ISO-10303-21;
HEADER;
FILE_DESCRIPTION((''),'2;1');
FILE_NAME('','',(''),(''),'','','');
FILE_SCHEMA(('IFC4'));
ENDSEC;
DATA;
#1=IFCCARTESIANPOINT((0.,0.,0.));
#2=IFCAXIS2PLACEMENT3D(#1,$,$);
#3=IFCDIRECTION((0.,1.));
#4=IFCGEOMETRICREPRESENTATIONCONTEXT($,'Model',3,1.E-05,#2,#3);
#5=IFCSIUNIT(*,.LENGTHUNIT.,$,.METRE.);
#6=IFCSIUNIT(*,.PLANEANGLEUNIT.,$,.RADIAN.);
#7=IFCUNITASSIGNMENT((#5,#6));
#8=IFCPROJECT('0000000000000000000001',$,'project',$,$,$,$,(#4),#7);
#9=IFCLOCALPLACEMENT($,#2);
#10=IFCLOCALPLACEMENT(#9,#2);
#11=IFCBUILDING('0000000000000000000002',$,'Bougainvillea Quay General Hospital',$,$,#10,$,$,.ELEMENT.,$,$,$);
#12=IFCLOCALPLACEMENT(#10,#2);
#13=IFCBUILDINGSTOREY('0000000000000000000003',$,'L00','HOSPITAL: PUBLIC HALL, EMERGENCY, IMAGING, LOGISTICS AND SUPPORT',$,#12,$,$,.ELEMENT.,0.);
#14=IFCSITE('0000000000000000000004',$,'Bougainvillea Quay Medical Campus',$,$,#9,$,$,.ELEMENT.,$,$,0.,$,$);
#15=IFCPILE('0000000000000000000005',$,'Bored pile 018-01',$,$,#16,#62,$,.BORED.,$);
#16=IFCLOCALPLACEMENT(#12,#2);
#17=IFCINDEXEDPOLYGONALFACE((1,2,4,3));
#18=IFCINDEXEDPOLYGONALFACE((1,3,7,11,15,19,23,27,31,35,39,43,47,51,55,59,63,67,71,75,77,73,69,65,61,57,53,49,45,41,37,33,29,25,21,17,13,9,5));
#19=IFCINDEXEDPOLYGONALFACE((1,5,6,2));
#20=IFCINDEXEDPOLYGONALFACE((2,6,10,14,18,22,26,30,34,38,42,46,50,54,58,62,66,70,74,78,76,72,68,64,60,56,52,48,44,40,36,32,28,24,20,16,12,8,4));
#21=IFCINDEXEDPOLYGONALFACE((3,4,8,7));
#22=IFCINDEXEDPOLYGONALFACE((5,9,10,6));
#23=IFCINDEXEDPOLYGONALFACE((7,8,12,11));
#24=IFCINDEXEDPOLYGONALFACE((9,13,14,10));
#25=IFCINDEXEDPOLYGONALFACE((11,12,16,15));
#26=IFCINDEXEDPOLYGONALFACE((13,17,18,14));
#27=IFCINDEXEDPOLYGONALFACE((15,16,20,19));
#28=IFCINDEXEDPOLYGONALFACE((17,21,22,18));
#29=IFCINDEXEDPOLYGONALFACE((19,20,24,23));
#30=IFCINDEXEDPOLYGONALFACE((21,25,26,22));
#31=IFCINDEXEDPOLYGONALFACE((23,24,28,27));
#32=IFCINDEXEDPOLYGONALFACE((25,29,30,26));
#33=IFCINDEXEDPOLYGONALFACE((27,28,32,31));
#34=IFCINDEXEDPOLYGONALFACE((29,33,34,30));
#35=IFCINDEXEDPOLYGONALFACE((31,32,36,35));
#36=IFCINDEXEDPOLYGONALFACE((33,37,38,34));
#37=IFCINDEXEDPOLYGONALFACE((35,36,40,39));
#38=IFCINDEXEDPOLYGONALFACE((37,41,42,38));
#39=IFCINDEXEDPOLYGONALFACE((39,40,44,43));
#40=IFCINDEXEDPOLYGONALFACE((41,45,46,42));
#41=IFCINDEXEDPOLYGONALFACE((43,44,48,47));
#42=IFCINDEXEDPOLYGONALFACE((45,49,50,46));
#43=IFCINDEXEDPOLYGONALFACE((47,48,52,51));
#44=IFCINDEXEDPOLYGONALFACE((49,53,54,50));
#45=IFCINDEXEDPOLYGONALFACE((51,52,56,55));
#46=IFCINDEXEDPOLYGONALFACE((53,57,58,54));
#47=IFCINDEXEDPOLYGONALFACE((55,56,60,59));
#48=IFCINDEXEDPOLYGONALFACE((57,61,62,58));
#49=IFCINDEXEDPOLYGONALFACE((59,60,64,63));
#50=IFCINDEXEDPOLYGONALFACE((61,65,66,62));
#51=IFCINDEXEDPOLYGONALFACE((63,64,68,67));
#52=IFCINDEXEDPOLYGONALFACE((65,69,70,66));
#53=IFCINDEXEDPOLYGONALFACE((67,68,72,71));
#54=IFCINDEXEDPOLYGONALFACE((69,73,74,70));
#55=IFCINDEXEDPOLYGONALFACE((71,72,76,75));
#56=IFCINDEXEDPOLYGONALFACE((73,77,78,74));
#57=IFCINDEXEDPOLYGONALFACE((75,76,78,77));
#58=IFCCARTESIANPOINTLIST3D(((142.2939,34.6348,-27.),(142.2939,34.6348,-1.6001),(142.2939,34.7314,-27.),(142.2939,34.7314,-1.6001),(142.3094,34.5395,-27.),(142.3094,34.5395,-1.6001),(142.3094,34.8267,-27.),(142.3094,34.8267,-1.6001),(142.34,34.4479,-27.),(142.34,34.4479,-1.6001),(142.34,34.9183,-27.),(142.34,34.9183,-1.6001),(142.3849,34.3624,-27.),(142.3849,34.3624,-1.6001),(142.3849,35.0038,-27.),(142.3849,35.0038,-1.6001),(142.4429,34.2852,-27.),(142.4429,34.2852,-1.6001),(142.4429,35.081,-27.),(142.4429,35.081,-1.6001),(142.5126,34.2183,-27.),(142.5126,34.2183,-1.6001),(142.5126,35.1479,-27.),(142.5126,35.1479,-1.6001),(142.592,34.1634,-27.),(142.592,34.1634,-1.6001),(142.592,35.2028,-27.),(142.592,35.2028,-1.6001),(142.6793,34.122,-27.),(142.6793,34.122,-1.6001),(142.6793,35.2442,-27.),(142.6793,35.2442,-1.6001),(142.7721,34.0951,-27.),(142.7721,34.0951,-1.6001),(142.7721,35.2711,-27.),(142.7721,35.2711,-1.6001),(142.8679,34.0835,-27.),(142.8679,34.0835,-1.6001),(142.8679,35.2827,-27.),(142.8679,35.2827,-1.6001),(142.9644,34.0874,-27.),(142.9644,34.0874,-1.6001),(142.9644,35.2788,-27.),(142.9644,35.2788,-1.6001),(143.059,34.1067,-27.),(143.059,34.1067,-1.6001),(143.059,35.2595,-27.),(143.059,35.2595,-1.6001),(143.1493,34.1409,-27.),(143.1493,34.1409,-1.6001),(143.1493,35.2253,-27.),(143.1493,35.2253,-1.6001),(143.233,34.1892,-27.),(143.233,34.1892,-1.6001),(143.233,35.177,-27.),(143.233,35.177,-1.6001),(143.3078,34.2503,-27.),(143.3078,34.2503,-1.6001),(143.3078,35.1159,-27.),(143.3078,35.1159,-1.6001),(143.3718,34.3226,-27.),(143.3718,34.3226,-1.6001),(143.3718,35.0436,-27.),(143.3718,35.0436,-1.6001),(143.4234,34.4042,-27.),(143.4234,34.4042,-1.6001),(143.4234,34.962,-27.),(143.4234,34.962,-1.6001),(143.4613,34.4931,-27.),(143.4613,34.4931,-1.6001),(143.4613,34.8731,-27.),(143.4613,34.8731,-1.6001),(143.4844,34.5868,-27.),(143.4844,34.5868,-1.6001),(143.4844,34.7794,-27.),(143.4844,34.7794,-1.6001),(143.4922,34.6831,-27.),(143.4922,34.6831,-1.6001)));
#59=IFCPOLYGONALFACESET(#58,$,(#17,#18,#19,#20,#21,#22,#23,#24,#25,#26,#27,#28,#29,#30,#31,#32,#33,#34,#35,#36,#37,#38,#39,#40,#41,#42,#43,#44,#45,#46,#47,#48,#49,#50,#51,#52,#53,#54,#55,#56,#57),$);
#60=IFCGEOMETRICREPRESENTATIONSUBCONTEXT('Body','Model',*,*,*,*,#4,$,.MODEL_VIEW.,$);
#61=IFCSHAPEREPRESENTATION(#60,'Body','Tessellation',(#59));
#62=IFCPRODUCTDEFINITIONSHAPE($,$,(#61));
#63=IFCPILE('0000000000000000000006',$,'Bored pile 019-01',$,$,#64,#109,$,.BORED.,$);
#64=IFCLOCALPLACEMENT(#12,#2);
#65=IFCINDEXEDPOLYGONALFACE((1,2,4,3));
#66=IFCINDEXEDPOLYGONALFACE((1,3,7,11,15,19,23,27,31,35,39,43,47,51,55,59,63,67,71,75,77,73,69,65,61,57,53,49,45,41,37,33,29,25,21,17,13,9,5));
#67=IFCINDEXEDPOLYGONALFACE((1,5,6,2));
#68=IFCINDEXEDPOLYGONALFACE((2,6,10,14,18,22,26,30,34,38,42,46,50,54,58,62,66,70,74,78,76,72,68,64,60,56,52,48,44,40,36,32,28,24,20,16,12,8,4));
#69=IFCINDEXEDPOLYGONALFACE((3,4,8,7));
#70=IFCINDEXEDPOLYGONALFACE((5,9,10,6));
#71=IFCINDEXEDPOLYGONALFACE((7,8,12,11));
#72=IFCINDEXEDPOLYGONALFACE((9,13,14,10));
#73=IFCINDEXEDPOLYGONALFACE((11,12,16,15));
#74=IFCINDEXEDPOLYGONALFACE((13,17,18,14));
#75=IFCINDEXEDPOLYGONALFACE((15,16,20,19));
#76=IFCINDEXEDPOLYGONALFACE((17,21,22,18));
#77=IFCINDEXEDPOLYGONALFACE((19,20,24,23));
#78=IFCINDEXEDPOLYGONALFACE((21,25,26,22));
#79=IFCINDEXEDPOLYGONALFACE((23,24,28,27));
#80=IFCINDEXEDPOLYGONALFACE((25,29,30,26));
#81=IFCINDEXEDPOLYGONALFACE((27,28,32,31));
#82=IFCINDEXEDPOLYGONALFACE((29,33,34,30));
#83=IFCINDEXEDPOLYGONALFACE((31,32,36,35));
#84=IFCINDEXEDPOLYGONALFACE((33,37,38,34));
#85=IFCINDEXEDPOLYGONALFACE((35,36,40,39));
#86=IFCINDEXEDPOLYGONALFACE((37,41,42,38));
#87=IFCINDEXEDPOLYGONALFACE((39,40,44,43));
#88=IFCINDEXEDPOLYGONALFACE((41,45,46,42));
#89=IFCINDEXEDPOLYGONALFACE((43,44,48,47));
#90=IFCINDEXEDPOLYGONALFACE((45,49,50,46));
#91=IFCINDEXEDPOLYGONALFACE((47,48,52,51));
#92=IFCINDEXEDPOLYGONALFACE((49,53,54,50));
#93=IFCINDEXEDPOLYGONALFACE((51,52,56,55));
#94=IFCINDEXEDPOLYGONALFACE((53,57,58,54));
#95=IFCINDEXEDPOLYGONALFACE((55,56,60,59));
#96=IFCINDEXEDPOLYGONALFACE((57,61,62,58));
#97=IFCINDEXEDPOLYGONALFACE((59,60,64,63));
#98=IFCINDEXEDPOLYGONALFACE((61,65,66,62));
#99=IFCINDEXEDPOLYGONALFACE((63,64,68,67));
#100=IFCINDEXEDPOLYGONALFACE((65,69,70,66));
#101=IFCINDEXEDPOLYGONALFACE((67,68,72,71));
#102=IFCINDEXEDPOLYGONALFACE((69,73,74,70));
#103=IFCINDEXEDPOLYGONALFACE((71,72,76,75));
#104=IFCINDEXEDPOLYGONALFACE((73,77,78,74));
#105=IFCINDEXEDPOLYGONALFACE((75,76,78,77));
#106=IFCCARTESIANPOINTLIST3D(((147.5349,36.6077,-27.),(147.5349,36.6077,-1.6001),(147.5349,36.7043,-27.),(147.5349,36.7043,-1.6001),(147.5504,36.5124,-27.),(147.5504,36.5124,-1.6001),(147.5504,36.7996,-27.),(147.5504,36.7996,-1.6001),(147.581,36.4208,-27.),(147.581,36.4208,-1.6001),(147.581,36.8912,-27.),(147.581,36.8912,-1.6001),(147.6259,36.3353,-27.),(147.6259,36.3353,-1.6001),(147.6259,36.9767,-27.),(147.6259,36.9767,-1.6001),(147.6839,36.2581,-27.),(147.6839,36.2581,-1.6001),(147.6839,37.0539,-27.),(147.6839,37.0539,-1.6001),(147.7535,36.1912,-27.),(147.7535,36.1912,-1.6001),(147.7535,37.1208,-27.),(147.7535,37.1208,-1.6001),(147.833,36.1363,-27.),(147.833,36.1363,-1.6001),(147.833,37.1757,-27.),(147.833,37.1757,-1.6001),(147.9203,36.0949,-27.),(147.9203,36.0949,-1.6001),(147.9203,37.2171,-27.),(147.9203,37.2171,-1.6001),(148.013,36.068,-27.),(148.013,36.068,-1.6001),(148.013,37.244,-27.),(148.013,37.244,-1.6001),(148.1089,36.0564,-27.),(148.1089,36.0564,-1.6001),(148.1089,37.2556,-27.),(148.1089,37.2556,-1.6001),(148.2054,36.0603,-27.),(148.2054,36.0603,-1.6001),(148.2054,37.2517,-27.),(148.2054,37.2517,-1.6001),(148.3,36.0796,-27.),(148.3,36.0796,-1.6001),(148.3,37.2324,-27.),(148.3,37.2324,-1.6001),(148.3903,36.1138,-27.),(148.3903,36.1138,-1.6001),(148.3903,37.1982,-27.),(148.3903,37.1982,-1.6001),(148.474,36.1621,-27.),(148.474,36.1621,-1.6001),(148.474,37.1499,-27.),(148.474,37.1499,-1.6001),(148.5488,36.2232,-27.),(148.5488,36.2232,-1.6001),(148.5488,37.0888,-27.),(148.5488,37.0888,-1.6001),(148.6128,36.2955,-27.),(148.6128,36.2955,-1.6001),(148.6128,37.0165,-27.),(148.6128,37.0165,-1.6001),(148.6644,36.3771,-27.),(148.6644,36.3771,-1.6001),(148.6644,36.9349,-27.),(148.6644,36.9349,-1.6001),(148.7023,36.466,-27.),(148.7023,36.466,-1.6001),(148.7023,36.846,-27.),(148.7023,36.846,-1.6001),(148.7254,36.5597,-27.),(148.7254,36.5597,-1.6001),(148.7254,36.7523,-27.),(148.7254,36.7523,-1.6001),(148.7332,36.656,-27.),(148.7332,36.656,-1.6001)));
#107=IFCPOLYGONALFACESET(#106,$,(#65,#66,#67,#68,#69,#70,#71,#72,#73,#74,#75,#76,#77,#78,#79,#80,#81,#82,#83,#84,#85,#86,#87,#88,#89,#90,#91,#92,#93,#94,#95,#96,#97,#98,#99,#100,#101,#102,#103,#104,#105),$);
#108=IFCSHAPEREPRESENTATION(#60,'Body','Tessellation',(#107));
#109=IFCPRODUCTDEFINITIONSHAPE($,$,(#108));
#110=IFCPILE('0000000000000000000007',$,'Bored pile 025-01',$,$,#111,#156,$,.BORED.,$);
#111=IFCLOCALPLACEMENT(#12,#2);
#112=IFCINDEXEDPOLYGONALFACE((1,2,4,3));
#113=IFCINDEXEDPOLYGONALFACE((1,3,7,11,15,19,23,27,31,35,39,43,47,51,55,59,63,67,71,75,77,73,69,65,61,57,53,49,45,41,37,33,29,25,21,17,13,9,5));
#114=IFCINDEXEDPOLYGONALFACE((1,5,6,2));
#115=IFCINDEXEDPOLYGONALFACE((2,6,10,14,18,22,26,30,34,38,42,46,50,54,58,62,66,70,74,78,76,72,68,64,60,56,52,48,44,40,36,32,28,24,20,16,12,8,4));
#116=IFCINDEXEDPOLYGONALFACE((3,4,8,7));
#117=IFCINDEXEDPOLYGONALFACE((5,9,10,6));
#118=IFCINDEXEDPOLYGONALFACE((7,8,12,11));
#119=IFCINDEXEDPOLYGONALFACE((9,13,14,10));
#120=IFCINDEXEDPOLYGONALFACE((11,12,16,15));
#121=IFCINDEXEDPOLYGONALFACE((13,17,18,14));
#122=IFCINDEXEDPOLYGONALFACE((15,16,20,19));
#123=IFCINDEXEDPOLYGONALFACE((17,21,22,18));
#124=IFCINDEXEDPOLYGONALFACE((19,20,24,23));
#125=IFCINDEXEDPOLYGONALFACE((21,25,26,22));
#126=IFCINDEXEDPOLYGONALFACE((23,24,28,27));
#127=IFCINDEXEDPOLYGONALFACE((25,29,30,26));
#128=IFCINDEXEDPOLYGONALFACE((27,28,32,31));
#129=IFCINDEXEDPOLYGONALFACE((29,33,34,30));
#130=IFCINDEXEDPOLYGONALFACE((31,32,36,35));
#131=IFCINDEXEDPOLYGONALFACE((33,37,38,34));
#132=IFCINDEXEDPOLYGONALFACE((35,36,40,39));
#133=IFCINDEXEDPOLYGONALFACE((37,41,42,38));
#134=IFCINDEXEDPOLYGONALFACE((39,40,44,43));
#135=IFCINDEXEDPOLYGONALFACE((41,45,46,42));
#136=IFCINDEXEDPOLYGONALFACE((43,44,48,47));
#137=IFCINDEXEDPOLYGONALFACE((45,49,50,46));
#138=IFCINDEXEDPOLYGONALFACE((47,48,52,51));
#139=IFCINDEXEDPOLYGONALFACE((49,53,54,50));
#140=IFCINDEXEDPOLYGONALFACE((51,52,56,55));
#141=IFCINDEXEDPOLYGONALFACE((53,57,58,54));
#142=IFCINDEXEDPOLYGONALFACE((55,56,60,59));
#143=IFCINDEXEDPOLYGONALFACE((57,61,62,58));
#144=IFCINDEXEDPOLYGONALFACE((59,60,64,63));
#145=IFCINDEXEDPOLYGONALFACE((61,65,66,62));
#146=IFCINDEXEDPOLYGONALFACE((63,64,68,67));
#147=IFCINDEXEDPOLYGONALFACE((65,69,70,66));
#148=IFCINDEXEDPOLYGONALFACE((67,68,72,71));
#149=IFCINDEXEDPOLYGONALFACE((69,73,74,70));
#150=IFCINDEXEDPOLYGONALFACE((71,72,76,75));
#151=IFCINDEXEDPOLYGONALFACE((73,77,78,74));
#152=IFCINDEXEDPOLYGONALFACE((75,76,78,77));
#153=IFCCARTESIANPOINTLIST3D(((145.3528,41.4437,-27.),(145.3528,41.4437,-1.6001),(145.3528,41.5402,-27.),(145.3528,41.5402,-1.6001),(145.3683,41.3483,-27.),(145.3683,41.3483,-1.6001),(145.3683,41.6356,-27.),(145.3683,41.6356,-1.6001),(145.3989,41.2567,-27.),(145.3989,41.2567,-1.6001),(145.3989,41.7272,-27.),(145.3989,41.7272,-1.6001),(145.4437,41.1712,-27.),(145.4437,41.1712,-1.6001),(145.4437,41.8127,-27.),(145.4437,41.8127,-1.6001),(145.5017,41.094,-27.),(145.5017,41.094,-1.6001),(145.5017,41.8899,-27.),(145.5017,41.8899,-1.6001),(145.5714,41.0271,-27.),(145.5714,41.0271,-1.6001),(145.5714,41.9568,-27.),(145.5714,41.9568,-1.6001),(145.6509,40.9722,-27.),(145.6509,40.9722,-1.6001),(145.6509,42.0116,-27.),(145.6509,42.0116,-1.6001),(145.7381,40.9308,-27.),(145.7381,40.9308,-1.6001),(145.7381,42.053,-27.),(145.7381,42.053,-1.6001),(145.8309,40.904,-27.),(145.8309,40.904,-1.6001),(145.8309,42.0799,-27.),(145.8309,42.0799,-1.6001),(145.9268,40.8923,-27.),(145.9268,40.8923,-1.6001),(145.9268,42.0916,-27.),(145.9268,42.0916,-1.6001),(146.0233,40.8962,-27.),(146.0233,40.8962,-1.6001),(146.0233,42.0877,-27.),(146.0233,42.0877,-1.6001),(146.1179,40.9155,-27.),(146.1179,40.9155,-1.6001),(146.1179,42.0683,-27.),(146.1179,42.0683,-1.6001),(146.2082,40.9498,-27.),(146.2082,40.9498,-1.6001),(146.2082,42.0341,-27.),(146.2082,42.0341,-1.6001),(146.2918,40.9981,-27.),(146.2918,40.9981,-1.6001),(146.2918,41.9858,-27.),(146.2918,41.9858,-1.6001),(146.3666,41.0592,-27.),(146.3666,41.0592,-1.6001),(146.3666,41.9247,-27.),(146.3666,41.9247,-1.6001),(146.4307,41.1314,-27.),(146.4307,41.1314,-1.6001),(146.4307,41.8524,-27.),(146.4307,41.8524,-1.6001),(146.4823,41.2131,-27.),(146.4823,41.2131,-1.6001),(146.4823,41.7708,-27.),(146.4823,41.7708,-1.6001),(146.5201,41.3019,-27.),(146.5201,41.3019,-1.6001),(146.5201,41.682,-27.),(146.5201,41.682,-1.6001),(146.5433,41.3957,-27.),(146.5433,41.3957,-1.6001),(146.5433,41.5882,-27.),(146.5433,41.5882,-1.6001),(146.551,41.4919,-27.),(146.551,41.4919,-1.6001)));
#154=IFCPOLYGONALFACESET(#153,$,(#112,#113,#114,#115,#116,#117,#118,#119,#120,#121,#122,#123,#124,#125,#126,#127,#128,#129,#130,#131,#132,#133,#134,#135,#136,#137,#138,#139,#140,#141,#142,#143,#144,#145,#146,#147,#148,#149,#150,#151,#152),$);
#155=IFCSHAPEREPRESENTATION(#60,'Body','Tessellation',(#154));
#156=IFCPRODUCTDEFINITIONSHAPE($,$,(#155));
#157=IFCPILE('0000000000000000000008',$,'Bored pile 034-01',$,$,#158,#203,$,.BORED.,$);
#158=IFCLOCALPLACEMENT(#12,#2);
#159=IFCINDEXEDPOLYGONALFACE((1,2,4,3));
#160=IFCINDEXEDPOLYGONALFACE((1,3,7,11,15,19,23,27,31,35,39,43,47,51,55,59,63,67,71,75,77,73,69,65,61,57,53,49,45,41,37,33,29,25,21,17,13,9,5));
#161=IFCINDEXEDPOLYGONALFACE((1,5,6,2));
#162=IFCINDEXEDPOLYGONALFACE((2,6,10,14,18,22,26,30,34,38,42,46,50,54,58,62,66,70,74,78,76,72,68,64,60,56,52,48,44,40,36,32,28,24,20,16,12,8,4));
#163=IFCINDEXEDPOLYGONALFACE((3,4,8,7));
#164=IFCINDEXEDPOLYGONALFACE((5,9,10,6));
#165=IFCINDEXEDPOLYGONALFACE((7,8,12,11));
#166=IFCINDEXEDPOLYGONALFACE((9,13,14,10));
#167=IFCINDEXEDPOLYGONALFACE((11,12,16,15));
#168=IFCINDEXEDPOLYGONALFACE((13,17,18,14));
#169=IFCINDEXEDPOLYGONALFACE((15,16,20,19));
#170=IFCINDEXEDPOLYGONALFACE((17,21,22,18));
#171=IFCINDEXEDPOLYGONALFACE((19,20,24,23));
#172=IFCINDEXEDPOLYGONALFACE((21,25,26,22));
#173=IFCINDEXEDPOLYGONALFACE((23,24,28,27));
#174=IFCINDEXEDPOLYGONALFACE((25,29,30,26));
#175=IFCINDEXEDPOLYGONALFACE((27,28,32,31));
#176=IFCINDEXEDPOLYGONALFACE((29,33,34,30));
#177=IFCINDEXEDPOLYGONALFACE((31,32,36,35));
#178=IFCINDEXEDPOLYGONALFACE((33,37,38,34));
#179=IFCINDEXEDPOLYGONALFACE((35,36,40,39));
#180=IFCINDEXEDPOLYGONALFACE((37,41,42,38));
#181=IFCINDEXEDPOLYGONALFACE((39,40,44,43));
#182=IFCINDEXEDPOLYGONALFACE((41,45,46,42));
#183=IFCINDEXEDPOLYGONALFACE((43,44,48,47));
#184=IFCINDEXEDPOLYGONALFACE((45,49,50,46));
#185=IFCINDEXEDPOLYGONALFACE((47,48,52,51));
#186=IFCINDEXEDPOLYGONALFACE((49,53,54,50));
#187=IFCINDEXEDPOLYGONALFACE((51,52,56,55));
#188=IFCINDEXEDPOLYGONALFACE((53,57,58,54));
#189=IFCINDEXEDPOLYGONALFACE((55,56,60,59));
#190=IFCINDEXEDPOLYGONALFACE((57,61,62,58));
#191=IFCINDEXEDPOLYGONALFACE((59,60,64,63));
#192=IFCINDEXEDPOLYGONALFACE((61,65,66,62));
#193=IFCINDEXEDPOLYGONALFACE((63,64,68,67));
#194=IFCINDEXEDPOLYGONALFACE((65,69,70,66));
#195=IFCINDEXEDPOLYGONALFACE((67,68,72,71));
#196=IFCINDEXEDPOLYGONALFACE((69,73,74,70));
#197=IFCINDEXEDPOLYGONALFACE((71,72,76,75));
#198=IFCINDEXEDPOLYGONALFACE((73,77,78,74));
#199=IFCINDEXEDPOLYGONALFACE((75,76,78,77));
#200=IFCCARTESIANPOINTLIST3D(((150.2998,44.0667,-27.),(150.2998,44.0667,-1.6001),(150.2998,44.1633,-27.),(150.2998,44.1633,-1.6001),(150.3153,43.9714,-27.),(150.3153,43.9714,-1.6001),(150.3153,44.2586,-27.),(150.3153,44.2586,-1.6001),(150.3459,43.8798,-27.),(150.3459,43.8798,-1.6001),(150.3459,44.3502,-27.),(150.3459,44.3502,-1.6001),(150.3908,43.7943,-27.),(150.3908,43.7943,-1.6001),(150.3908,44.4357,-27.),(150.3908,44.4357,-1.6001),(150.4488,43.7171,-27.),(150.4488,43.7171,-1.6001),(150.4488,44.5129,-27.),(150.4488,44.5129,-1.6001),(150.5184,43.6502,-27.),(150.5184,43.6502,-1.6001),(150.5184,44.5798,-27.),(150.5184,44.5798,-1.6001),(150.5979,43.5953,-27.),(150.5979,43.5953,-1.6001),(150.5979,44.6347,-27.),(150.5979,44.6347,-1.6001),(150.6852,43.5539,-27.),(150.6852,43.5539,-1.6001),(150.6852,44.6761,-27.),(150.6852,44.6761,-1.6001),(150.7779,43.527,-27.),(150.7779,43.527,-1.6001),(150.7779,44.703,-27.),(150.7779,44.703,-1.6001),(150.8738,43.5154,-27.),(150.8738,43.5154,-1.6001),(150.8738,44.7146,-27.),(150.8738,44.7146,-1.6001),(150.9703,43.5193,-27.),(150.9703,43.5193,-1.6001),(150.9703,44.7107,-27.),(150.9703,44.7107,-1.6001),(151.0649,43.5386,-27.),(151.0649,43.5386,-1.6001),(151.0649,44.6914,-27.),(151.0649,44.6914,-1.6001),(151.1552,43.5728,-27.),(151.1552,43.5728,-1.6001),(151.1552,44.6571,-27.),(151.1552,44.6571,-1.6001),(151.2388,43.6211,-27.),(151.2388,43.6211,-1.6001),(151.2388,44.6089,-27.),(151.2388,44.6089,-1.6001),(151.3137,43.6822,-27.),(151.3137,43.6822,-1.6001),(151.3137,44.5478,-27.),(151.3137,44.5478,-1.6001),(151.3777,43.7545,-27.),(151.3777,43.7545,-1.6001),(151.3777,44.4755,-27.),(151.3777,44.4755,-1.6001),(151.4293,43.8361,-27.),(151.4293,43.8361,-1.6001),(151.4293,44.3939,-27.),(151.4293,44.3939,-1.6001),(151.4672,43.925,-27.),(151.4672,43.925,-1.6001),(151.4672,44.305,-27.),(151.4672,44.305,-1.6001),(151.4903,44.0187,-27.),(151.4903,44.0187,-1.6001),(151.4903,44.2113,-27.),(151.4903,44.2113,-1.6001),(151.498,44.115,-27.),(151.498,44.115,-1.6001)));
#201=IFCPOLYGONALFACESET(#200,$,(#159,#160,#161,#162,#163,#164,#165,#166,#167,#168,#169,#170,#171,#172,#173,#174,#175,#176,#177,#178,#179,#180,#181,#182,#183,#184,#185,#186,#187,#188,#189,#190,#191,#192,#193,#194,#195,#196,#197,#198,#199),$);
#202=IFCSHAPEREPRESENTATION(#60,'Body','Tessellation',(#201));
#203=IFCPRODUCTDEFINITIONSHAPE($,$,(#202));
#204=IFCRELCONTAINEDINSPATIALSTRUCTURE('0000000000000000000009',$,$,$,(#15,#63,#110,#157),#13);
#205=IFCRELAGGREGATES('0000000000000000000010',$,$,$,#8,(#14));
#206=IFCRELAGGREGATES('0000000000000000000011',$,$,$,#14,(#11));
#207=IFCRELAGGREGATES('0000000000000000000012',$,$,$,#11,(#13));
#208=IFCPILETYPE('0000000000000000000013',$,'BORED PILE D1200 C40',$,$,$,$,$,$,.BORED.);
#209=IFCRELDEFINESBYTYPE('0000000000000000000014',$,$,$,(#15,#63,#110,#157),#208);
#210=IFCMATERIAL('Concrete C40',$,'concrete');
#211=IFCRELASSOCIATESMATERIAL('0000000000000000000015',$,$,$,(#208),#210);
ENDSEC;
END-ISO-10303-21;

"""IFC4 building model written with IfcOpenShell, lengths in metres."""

from ifc_helpers import new_model, si_unit, direction, frame, origin, origin_2d, place, context, subcontext, project, spatial, circle, extrude, material, material_profile, profile_set, type_object, element, save


model = new_model("IFC4")

# Units and contexts
model_context = context("Model", 3, precision=1e-05, world=origin(), true_north=direction((0.0, 1.0)))
body_context = subcontext(model_context, "Body", "Model", "MODEL_VIEW")
ifc_project = project(units=[si_unit("LENGTHUNIT", "METRE"), si_unit("PLANEANGLEUNIT", "RADIAN")], contexts=[model_context])

# Site, building, storey
site_placement = place(None, origin())
site = spatial("IfcSite", under=ifc_project, at=site_placement, Name="Bougainvillea Quay Medical Campus", CompositionType="ELEMENT", RefElevation=0.0)
building_placement = place(site_placement, origin())
building = spatial("IfcBuilding", under=site, at=building_placement, Name="Bougainvillea Quay General Hospital", CompositionType="ELEMENT")
storey_placement = place(building_placement, origin())
storey = spatial("IfcBuildingStorey", under=building, at=storey_placement, Name="L00", Description="HOSPITAL: PUBLIC HALL, EMERGENCY, IMAGING, LOGISTICS AND SUPPORT", CompositionType="ELEMENT", Elevation=0.0)

# Piles
ifc_material_1 = material(Name="Concrete C40", Category="concrete")
ifc_material_profile_1 = material_profile(ifc_material_1, circle(Radius=0.6001, at=origin_2d()))
ifc_profile_set_1 = profile_set([ifc_material_profile_1], Name="Concrete C40")
pile_type = type_object("IfcPileType", Name="BORED PILE D1200 C40", PredefinedType="BORED", material=ifc_profile_set_1)
for number, where, z_axis, x_axis, name in (
    (1, (142.8921, 34.6831, -1.6001), (0.0, 0.0, -1.0), (1.0, 0.0, 0.0), "Bored pile 018-01"),
    (2, (148.1331, 36.656, -1.6001), (0.0, 0.0, -1.0), (1.0, 0.0, 0.0), "Bored pile 019-01"),
    (3, (145.9509, 41.4919, -1.6001), (0.0, 0.0, -1.0), (1.0, 0.0, 0.0), "Bored pile 025-01"),
    (4, (150.8979, 44.115, -1.6001), (0.0, 0.0, -1.0), (1.0, 0.0, 0.0), "Bored pile 034-01"),
):
    element("IfcPile", number, at=place(storey_placement, frame(where, z_axis=z_axis, x_axis=x_axis)), inside=storey, type_object=pile_type, Name=name, PredefinedType="BORED", context=body_context, shape_type="SweptSolid", body=[
        extrude(circle(Radius=0.6001, at=origin_2d()), origin(), (0.0, 0.0, 1.0), 25.3999),
    ])

save(model, "model.ifc")
